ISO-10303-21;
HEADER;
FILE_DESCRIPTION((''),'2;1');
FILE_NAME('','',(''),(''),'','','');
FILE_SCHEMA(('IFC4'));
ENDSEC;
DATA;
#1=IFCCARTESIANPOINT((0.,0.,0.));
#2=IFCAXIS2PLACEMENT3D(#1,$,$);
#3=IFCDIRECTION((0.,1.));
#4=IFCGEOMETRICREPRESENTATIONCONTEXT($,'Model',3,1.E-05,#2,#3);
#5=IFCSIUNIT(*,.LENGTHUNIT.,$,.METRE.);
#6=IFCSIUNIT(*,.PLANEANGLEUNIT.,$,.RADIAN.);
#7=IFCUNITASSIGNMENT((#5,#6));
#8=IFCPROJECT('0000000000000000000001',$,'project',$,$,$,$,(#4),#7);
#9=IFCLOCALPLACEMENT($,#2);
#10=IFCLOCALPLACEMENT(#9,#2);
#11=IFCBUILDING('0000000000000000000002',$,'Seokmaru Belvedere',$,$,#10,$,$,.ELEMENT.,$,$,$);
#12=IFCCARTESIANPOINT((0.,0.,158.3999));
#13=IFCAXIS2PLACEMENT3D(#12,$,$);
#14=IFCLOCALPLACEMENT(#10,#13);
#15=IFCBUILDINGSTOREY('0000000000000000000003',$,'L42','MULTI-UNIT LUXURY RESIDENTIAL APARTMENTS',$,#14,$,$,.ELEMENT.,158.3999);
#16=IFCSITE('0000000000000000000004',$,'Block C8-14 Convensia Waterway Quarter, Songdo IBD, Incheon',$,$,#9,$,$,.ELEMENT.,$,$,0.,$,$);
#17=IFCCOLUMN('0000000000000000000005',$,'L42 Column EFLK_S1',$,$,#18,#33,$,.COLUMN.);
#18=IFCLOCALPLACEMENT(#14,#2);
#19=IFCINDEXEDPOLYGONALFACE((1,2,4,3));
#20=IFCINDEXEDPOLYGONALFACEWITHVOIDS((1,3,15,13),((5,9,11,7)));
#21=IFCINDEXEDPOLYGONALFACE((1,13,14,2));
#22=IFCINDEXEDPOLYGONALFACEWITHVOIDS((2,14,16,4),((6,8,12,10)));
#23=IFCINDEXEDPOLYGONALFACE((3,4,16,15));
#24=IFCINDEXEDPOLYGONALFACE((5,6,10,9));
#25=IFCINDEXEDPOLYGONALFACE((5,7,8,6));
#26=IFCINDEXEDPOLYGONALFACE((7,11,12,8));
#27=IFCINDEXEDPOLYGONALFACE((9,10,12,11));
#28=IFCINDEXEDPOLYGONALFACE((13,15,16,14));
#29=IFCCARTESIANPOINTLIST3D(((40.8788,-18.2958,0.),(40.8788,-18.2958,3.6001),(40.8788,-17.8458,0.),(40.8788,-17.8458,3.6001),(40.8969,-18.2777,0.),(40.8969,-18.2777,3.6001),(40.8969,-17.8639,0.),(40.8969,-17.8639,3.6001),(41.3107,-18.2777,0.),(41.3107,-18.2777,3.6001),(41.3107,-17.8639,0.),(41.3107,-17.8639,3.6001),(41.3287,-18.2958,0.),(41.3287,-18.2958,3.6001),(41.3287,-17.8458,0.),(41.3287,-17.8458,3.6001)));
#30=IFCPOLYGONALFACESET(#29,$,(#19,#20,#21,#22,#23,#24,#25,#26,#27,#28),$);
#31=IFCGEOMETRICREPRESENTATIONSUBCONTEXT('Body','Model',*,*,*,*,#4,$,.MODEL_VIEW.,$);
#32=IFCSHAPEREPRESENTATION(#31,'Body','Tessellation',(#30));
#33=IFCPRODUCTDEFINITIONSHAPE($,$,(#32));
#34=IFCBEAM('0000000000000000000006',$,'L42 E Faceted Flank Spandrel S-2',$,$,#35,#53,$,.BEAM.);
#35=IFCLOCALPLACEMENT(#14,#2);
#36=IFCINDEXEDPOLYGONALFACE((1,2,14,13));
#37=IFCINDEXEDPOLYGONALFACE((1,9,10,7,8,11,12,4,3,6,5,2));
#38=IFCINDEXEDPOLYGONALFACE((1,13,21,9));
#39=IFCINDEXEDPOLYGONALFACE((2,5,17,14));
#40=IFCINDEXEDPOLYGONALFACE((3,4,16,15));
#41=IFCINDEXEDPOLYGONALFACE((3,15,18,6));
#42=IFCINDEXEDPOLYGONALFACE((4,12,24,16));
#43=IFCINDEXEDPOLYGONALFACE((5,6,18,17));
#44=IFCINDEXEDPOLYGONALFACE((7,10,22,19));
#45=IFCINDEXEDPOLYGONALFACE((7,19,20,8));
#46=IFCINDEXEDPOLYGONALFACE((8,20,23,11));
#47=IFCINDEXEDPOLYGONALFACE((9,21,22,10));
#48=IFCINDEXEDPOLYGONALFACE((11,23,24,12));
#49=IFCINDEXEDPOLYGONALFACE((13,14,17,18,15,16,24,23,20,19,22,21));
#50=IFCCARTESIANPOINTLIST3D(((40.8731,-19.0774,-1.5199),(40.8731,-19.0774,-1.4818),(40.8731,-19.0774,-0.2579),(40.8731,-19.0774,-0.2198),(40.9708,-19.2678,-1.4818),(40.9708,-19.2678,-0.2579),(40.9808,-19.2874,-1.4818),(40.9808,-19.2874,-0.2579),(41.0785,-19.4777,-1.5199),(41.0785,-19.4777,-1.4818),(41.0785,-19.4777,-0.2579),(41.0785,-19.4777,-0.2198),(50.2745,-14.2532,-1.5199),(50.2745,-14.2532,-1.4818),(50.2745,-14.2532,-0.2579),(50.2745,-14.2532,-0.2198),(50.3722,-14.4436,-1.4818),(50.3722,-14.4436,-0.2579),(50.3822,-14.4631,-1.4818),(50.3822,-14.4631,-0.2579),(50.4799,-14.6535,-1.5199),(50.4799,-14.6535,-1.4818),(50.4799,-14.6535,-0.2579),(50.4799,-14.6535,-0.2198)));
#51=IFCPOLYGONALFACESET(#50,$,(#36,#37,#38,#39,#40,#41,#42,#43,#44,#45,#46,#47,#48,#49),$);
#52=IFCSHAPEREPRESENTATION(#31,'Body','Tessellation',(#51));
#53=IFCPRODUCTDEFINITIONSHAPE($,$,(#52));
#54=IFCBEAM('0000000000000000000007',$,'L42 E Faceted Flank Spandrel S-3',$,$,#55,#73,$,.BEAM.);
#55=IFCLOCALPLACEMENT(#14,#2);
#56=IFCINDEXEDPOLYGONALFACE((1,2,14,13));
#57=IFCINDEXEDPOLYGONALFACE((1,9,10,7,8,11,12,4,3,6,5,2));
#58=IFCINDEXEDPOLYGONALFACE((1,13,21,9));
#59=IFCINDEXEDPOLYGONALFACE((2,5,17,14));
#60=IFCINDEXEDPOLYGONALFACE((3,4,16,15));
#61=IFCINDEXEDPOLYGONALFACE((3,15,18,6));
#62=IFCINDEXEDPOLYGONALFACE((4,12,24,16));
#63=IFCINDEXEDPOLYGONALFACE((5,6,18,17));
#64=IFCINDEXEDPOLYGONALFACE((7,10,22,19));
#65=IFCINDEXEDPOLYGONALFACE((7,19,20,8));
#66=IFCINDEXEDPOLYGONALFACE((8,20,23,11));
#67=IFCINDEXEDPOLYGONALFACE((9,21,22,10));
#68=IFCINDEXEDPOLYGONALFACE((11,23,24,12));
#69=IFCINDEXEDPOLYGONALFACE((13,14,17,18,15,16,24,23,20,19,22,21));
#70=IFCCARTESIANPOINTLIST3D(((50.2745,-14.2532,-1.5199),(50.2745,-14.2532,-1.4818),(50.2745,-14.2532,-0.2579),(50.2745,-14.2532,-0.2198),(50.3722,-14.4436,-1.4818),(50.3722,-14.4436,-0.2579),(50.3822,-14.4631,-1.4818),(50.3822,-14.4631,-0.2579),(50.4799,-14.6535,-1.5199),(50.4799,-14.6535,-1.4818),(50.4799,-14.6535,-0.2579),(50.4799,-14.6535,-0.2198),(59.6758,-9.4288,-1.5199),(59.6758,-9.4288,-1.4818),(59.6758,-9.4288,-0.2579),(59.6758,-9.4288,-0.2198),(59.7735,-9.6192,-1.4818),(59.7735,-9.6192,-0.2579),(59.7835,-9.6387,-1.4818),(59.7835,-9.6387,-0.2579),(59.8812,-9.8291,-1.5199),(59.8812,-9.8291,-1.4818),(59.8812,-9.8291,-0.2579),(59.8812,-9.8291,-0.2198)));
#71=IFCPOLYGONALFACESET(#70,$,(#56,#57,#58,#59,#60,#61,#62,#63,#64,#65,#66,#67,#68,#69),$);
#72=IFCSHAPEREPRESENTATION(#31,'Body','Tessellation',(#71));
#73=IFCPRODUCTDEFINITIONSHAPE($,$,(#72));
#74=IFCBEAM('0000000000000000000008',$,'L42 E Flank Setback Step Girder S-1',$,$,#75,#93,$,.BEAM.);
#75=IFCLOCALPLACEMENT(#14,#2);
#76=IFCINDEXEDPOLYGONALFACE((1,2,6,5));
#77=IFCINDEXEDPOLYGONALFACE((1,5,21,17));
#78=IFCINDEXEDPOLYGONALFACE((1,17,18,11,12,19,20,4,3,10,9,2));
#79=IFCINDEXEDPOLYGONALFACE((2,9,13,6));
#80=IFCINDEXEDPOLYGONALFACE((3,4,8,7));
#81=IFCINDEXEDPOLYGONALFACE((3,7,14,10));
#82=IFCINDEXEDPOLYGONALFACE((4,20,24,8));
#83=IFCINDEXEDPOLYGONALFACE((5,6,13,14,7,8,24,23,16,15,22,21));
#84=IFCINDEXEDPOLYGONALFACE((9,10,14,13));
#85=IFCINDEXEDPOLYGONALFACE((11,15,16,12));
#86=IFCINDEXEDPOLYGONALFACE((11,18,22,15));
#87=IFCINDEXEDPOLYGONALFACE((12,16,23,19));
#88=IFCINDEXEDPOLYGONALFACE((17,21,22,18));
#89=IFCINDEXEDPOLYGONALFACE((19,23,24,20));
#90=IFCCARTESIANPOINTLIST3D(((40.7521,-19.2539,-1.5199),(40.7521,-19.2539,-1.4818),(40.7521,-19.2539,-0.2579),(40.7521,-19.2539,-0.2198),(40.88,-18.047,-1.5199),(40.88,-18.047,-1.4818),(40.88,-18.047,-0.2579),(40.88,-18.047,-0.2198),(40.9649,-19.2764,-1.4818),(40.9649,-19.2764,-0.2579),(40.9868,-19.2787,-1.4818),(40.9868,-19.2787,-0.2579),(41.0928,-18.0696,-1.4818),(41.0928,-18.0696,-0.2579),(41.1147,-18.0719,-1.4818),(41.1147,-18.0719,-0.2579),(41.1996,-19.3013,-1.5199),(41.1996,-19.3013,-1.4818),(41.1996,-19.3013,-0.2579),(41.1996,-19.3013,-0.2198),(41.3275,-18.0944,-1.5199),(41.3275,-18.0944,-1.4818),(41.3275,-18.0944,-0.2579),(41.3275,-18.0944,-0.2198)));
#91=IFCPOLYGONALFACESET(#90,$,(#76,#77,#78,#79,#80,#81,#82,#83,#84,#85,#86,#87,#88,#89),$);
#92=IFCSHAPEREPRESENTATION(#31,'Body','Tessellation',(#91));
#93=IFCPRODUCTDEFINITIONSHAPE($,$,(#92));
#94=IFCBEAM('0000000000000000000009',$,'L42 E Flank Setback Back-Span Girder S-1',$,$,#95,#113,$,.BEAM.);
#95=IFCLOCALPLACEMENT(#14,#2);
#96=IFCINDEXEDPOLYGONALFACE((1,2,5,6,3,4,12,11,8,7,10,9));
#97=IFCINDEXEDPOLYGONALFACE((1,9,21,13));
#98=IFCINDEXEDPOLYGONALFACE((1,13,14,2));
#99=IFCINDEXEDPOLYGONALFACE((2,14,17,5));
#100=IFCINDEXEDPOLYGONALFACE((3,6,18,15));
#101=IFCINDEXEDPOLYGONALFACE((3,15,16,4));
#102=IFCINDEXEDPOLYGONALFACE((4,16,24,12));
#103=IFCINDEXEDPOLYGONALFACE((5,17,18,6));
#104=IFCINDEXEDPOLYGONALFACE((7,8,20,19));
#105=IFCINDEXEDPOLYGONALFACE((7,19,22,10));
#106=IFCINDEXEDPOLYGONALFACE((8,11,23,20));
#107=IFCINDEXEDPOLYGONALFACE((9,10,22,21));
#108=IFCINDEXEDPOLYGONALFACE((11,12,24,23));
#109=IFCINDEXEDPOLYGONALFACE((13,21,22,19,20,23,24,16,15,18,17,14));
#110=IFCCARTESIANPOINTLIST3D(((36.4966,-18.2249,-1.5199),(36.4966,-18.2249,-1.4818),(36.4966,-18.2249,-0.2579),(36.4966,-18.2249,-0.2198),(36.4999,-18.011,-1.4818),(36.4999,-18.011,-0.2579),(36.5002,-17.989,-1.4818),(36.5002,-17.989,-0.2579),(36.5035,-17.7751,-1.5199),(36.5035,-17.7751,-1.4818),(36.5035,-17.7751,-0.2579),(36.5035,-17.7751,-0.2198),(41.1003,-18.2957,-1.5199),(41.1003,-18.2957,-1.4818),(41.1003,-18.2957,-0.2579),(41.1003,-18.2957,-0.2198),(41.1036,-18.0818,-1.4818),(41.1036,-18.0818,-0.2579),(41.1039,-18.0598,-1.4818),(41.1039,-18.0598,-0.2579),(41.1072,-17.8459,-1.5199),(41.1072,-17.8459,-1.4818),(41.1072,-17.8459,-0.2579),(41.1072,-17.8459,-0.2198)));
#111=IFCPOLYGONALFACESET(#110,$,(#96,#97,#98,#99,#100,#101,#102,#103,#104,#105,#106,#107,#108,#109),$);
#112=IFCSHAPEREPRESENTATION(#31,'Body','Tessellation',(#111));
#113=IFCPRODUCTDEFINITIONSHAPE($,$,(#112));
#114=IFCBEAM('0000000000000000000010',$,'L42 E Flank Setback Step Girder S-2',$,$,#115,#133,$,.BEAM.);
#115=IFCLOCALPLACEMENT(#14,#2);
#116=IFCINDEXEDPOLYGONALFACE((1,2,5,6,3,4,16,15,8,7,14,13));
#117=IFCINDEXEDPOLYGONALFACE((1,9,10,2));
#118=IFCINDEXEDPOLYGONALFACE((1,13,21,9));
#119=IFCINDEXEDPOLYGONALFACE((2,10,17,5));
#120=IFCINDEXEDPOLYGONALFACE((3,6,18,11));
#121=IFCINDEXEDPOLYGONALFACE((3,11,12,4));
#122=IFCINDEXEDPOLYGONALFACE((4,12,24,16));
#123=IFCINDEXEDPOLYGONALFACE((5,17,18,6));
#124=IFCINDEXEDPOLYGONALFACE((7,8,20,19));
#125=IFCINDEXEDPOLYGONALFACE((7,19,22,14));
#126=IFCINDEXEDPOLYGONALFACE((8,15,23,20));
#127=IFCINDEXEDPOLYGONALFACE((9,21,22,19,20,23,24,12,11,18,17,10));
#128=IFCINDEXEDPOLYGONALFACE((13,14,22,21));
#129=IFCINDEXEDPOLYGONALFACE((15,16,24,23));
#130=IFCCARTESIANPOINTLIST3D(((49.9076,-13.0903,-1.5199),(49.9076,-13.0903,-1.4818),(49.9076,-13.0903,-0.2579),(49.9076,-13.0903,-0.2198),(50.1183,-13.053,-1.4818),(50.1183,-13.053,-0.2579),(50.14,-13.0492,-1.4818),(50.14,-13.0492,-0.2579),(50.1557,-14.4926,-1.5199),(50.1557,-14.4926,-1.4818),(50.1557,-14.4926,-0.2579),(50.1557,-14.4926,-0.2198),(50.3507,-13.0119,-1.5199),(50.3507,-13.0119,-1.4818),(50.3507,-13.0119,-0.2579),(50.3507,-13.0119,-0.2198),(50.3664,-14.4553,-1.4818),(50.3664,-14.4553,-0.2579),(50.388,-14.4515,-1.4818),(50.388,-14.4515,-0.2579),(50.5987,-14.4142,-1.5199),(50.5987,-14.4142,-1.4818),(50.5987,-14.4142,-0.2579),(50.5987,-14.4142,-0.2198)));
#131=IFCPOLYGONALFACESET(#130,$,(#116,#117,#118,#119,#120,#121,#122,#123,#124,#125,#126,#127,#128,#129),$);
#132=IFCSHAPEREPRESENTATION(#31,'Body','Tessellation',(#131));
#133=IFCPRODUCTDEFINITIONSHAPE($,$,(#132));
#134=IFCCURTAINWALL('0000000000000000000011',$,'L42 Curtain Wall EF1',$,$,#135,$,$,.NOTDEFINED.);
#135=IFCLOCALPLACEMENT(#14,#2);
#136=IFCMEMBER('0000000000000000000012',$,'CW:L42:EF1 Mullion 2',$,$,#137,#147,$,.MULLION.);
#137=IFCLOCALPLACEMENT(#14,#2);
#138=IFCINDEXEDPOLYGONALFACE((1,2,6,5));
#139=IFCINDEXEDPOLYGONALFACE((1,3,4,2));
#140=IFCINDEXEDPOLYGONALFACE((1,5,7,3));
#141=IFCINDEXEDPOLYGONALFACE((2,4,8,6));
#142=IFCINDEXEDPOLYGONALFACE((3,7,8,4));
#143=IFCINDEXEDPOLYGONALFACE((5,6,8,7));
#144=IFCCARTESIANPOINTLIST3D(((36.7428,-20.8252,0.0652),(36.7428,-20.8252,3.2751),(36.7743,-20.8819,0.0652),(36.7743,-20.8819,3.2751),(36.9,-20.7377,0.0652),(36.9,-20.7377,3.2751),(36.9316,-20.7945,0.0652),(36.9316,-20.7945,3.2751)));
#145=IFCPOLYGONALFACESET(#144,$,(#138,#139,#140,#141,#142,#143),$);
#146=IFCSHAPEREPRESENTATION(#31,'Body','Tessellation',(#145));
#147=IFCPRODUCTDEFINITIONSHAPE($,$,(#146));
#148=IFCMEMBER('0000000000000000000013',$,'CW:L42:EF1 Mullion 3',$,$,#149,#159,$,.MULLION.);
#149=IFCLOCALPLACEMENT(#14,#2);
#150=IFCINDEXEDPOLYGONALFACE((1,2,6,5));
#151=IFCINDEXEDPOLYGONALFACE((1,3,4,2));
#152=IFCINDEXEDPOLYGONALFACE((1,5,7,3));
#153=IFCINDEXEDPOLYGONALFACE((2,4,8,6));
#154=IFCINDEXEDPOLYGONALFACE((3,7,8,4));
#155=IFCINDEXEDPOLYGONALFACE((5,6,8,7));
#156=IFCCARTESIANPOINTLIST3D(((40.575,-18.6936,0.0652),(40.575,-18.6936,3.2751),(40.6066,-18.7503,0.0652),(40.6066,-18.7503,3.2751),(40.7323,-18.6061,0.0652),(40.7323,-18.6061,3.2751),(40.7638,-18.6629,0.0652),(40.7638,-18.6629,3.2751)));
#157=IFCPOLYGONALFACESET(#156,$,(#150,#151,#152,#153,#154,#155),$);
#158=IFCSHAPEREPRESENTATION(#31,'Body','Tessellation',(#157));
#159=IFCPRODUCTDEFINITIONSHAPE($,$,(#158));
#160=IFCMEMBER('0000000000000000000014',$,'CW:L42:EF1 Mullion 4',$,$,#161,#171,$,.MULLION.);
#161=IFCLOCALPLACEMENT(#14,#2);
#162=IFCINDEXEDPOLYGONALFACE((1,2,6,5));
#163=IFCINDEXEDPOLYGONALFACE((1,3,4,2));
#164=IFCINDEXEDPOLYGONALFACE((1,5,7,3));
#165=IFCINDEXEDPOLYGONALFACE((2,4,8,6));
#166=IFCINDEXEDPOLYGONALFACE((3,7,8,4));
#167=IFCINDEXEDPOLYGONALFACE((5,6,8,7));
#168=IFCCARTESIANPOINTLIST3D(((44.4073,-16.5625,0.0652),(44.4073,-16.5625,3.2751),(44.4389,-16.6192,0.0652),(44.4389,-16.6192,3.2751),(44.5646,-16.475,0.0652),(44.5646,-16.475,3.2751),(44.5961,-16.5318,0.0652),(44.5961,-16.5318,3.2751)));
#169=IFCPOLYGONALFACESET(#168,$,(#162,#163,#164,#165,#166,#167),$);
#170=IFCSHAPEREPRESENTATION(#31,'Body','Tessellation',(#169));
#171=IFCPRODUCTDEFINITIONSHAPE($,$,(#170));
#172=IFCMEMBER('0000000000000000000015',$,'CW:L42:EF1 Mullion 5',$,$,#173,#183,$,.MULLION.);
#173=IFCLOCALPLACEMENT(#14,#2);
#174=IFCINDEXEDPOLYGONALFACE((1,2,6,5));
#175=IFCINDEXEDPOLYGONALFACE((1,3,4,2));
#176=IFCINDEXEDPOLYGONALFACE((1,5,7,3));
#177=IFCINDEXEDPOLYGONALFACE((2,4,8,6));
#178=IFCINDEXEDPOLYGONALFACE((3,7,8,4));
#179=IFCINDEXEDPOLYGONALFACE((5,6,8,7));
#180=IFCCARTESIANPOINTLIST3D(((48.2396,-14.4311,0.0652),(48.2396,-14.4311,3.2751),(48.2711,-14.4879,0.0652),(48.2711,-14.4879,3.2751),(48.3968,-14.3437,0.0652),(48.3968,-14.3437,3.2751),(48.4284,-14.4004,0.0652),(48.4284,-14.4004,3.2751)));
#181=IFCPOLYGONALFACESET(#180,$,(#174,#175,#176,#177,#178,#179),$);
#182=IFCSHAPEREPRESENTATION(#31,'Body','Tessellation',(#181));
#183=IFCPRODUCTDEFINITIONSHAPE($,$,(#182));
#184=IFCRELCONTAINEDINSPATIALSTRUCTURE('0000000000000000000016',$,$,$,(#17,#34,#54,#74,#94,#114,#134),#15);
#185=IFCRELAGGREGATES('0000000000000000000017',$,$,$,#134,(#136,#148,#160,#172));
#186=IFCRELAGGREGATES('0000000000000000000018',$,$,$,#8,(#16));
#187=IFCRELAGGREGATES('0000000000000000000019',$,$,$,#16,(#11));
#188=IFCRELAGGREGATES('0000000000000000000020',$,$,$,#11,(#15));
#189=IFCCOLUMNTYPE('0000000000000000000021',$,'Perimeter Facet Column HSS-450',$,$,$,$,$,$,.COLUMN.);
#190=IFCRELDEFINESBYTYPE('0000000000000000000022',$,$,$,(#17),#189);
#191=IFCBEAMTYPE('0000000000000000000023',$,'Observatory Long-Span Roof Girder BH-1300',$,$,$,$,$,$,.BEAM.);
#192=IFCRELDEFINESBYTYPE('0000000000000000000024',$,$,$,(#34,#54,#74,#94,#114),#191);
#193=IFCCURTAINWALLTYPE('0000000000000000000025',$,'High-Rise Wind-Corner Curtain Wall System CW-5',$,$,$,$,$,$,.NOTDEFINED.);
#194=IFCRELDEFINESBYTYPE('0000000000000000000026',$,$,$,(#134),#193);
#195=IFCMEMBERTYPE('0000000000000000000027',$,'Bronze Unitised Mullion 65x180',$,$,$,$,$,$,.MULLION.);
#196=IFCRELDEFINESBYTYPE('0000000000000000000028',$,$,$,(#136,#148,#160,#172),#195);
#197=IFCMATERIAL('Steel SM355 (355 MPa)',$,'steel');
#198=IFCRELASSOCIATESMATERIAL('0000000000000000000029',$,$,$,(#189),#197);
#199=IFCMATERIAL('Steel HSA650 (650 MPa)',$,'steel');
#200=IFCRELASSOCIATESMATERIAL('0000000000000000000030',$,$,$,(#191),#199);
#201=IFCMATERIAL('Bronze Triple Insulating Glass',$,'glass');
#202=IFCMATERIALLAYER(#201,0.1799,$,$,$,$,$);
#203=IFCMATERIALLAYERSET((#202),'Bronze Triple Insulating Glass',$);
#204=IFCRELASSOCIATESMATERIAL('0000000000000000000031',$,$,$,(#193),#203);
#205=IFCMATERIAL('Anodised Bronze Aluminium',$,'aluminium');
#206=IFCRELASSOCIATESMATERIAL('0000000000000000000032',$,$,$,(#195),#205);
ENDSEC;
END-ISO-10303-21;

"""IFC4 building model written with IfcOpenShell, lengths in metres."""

from ifc_helpers import new_model, si_unit, direction, frame, origin, origin_2d, place, context, subcontext, project, spatial, rectangle, hollow_rectangle, i_section, extrude, source, transform, mapped, material, layer, layer_set, material_profile, profile_set, type_object, type_shapes, element, aggregate, save


model = new_model("IFC4")

# Units and contexts
model_context = context("Model", 3, precision=1e-05, world=origin(), true_north=direction((0.0, 1.0)))
body_context = subcontext(model_context, "Body", "Model", "MODEL_VIEW")
ifc_project = project(units=[si_unit("LENGTHUNIT", "METRE"), si_unit("PLANEANGLEUNIT", "RADIAN")], contexts=[model_context])

# Site, building, storey
site_placement = place(None, origin())
site = spatial("IfcSite", under=ifc_project, at=site_placement, Name="Block C8-14 Convensia Waterway Quarter, Songdo IBD, Incheon", CompositionType="ELEMENT", RefElevation=0.0)
building_placement = place(site_placement, origin())
building = spatial("IfcBuilding", under=site, at=building_placement, Name="Seokmaru Belvedere", CompositionType="ELEMENT")
storey_placement = place(building_placement, frame((0.0, 0.0, 158.3999)))
storey = spatial("IfcBuildingStorey", under=building, at=storey_placement, Name="L42", Description="MULTI-UNIT LUXURY RESIDENTIAL APARTMENTS", CompositionType="ELEMENT", Elevation=158.3999)

# Column
ifc_material_1 = material(Name="Steel SM355 (355 MPa)", Category="steel")
ifc_material_profile_1 = material_profile(ifc_material_1, hollow_rectangle(XDim=0.45, YDim=0.45, WallThickness=0.0181, at=origin_2d()), Name="HSS-450x450x18")
ifc_profile_set_1 = profile_set([ifc_material_profile_1], Name="Steel SM355 (355 MPa)")
column_type = type_object("IfcColumnType", Name="Perimeter Facet Column HSS-450", PredefinedType="COLUMN", material=ifc_profile_set_1)
shared_shape_1 = source(origin(), body_context, "Body", "SweptSolid", [
    extrude(hollow_rectangle(XDim=0.45, YDim=0.45, WallThickness=0.0181, at=origin_2d()), origin(), (0.0, 0.0, 1.0), 3.6001),
])
type_shapes(column_type, [shared_shape_1])
column_placement = place(storey_placement, frame((41.1038, -18.0708, 0.0), z_axis=(0.0, 0.0, 1.0), x_axis=(1.0, 0.0, 0.0)))
element("IfcColumn", 1, at=column_placement, inside=storey, type_object=column_type, Name="L42 Column EFLK_S1", PredefinedType="COLUMN", context=body_context, shape_type="MappedRepresentation", body=[
    mapped(shared_shape_1, transform((0.0, 0.0, 0.0), scale=1.0)),
])

# Beams
ifc_material_2 = material(Name="Steel HSA650 (650 MPa)", Category="steel")
ifc_material_profile_2 = material_profile(ifc_material_2, i_section(OverallWidth=0.45, OverallDepth=1.3, WebThickness=0.022, FlangeThickness=0.0381, at=origin_2d()), Name="BH-1300x450x22x38")
ifc_profile_set_2 = profile_set([ifc_material_profile_2], Name="Steel HSA650 (650 MPa)")
beam_type = type_object("IfcBeamType", Name="Observatory Long-Span Roof Girder BH-1300", PredefinedType="BEAM", material=ifc_profile_set_2)
shared_shape_2 = source(origin(), body_context, "Body", "SweptSolid", [
    extrude(i_section(OverallWidth=0.45, OverallDepth=1.3, WebThickness=0.022, FlangeThickness=0.0381, at=origin_2d()), origin(), (0.0, 0.0, 1.0), 10.5669),
])
for number, where, z_axis, x_axis, name in (
    (2, (40.9758, -19.2776, -0.8699), (0.889702, 0.456542, 0.0), (-0.456542, 0.889702, 0.0), "L42 E Faceted Flank Spandrel S-2"),
    (3, (50.3772, -14.4534, -0.8699), (0.889693, 0.45656, 0.0), (-0.45656, 0.889693, 0.0), "L42 E Faceted Flank Spandrel S-3"),
):
    element("IfcBeam", number, at=place(storey_placement, frame(where, z_axis=z_axis, x_axis=x_axis)), inside=storey, type_object=beam_type, Name=name, PredefinedType="BEAM", context=body_context, shape_type="MappedRepresentation", body=[
        mapped(shared_shape_2, transform((0.0, 0.0, 0.0), scale=1.0)),
    ])
shared_shape_3 = source(origin(), body_context, "Body", "SweptSolid", [
    extrude(i_section(OverallWidth=0.45, OverallDepth=1.3, WebThickness=0.022, FlangeThickness=0.0381, at=origin_2d()), origin(), (0.0, 0.0, 1.0), 1.2136),
])
beam_1_placement = place(storey_placement, frame((40.9758, -19.2776, -0.8699), z_axis=(0.105418, 0.994428, 0.0), x_axis=(-0.994428, 0.105418, 0.0)))
element("IfcBeam", 4, at=beam_1_placement, inside=storey, type_object=beam_type, Name="L42 E Flank Setback Step Girder S-1", PredefinedType="BEAM", context=body_context, shape_type="MappedRepresentation", body=[
    mapped(shared_shape_3, transform((0.0, 0.0, 0.0), scale=1.0)),
])
shared_shape_4 = source(origin(), body_context, "Body", "SweptSolid", [
    extrude(i_section(OverallWidth=0.45, OverallDepth=1.3, WebThickness=0.022, FlangeThickness=0.0381, at=origin_2d()), origin(), (0.0, 0.0, 1.0), 4.6042),
])
beam_2_placement = place(storey_placement, frame((41.1038, -18.0708, -0.8699), z_axis=(-0.999882, 0.015377, 0.0), x_axis=(-0.015377, -0.999882, 0.0)))
element("IfcBeam", 5, at=beam_2_placement, inside=storey, type_object=beam_type, Name="L42 E Flank Setback Back-Span Girder S-1", PredefinedType="BEAM", context=body_context, shape_type="MappedRepresentation", body=[
    mapped(shared_shape_4, transform((0.0, 0.0, 0.0), scale=1.0)),
])
shared_shape_5 = source(origin(), body_context, "Body", "SweptSolid", [
    extrude(i_section(OverallWidth=0.45, OverallDepth=1.3, WebThickness=0.022, FlangeThickness=0.0381, at=origin_2d()), origin(), (0.0, 0.0, 1.0), 1.4241),
])
type_shapes(beam_type, [shared_shape_2, shared_shape_3, shared_shape_4, shared_shape_5])
beam_3_placement = place(storey_placement, frame((50.3772, -14.4534, -0.8699), z_axis=(-0.174177, 0.984714, 0.0), x_axis=(-0.984714, -0.174177, 0.0)))
element("IfcBeam", 6, at=beam_3_placement, inside=storey, type_object=beam_type, Name="L42 E Flank Setback Step Girder S-2", PredefinedType="BEAM", context=body_context, shape_type="MappedRepresentation", body=[
    mapped(shared_shape_5, transform((0.0, 0.0, 0.0), scale=1.0)),
])

# Curtain wall, members
ifc_material_3 = material(Name="Bronze Triple Insulating Glass", Category="glass")
ifc_layer_1 = layer(ifc_material_3, 0.1799)
ifc_layer_set_1 = layer_set([ifc_layer_1], Name="Bronze Triple Insulating Glass")
curtain_wall_type = type_object("IfcCurtainWallType", Name="High-Rise Wind-Corner Curtain Wall System CW-5", PredefinedType="NOTDEFINED", material=ifc_layer_set_1)
curtain_wall_placement = place(storey_placement, origin())
curtain_wall = element("IfcCurtainWall", 7, at=curtain_wall_placement, inside=storey, type_object=curtain_wall_type, Name="L42 Curtain Wall EF1", PredefinedType="NOTDEFINED")
ifc_material_4 = material(Name="Anodised Bronze Aluminium", Category="aluminium")
ifc_material_profile_3 = material_profile(ifc_material_4, rectangle(XDim=0.0649, YDim=0.1799, at=origin_2d()), Name="CW-M-65x180")
ifc_profile_set_3 = profile_set([ifc_material_profile_3], Name="Anodised Bronze Aluminium")
member_type = type_object("IfcMemberType", Name="Bronze Unitised Mullion 65x180", PredefinedType="MULLION", material=ifc_profile_set_3)
shared_shape_6 = source(origin(), body_context, "Body", "SweptSolid", [
    extrude(rectangle(XDim=0.0649, YDim=0.1799, at=origin_2d()), origin(), (0.0, 0.0, 1.0), 3.21),
])
type_shapes(member_type, [shared_shape_6])
member_1_placement = place(storey_placement, frame((36.8372, -20.8098, 0.0652), z_axis=(0.0, 0.0, 1.0), x_axis=(-0.486047, 0.873933, 0.0)))
member_1 = element("IfcMember", 8, at=member_1_placement, type_object=member_type, Name="CW:L42:EF1 Mullion 2", PredefinedType="MULLION", context=body_context, shape_type="MappedRepresentation", body=[
    mapped(shared_shape_6, transform((0.0, 0.0, 0.0), scale=1.0)),
])
member_2_placement = place(storey_placement, frame((40.6694, -18.6782, 0.0652), z_axis=(0.0, 0.0, 1.0), x_axis=(-0.486047, 0.873933, 0.0)))
member_2 = element("IfcMember", 9, at=member_2_placement, type_object=member_type, Name="CW:L42:EF1 Mullion 3", PredefinedType="MULLION", context=body_context, shape_type="MappedRepresentation", body=[
    mapped(shared_shape_6, transform((0.0, 0.0, 0.0), scale=1.0)),
])
member_3_placement = place(storey_placement, frame((44.5017, -16.5471, 0.0652), z_axis=(0.0, 0.0, 1.0), x_axis=(-0.486047, 0.873933, 0.0)))
member_3 = element("IfcMember", 10, at=member_3_placement, type_object=member_type, Name="CW:L42:EF1 Mullion 4", PredefinedType="MULLION", context=body_context, shape_type="MappedRepresentation", body=[
    mapped(shared_shape_6, transform((0.0, 0.0, 0.0), scale=1.0)),
])
member_4_placement = place(storey_placement, frame((48.334, -14.4158, 0.0652), z_axis=(0.0, 0.0, 1.0), x_axis=(-0.486047, 0.873933, 0.0)))
member_4 = element("IfcMember", 11, at=member_4_placement, type_object=member_type, Name="CW:L42:EF1 Mullion 5", PredefinedType="MULLION", context=body_context, shape_type="MappedRepresentation", body=[
    mapped(shared_shape_6, transform((0.0, 0.0, 0.0), scale=1.0)),
])
aggregate(curtain_wall, [member_1, member_2, member_3, member_4])

save(model, "model.ifc")
